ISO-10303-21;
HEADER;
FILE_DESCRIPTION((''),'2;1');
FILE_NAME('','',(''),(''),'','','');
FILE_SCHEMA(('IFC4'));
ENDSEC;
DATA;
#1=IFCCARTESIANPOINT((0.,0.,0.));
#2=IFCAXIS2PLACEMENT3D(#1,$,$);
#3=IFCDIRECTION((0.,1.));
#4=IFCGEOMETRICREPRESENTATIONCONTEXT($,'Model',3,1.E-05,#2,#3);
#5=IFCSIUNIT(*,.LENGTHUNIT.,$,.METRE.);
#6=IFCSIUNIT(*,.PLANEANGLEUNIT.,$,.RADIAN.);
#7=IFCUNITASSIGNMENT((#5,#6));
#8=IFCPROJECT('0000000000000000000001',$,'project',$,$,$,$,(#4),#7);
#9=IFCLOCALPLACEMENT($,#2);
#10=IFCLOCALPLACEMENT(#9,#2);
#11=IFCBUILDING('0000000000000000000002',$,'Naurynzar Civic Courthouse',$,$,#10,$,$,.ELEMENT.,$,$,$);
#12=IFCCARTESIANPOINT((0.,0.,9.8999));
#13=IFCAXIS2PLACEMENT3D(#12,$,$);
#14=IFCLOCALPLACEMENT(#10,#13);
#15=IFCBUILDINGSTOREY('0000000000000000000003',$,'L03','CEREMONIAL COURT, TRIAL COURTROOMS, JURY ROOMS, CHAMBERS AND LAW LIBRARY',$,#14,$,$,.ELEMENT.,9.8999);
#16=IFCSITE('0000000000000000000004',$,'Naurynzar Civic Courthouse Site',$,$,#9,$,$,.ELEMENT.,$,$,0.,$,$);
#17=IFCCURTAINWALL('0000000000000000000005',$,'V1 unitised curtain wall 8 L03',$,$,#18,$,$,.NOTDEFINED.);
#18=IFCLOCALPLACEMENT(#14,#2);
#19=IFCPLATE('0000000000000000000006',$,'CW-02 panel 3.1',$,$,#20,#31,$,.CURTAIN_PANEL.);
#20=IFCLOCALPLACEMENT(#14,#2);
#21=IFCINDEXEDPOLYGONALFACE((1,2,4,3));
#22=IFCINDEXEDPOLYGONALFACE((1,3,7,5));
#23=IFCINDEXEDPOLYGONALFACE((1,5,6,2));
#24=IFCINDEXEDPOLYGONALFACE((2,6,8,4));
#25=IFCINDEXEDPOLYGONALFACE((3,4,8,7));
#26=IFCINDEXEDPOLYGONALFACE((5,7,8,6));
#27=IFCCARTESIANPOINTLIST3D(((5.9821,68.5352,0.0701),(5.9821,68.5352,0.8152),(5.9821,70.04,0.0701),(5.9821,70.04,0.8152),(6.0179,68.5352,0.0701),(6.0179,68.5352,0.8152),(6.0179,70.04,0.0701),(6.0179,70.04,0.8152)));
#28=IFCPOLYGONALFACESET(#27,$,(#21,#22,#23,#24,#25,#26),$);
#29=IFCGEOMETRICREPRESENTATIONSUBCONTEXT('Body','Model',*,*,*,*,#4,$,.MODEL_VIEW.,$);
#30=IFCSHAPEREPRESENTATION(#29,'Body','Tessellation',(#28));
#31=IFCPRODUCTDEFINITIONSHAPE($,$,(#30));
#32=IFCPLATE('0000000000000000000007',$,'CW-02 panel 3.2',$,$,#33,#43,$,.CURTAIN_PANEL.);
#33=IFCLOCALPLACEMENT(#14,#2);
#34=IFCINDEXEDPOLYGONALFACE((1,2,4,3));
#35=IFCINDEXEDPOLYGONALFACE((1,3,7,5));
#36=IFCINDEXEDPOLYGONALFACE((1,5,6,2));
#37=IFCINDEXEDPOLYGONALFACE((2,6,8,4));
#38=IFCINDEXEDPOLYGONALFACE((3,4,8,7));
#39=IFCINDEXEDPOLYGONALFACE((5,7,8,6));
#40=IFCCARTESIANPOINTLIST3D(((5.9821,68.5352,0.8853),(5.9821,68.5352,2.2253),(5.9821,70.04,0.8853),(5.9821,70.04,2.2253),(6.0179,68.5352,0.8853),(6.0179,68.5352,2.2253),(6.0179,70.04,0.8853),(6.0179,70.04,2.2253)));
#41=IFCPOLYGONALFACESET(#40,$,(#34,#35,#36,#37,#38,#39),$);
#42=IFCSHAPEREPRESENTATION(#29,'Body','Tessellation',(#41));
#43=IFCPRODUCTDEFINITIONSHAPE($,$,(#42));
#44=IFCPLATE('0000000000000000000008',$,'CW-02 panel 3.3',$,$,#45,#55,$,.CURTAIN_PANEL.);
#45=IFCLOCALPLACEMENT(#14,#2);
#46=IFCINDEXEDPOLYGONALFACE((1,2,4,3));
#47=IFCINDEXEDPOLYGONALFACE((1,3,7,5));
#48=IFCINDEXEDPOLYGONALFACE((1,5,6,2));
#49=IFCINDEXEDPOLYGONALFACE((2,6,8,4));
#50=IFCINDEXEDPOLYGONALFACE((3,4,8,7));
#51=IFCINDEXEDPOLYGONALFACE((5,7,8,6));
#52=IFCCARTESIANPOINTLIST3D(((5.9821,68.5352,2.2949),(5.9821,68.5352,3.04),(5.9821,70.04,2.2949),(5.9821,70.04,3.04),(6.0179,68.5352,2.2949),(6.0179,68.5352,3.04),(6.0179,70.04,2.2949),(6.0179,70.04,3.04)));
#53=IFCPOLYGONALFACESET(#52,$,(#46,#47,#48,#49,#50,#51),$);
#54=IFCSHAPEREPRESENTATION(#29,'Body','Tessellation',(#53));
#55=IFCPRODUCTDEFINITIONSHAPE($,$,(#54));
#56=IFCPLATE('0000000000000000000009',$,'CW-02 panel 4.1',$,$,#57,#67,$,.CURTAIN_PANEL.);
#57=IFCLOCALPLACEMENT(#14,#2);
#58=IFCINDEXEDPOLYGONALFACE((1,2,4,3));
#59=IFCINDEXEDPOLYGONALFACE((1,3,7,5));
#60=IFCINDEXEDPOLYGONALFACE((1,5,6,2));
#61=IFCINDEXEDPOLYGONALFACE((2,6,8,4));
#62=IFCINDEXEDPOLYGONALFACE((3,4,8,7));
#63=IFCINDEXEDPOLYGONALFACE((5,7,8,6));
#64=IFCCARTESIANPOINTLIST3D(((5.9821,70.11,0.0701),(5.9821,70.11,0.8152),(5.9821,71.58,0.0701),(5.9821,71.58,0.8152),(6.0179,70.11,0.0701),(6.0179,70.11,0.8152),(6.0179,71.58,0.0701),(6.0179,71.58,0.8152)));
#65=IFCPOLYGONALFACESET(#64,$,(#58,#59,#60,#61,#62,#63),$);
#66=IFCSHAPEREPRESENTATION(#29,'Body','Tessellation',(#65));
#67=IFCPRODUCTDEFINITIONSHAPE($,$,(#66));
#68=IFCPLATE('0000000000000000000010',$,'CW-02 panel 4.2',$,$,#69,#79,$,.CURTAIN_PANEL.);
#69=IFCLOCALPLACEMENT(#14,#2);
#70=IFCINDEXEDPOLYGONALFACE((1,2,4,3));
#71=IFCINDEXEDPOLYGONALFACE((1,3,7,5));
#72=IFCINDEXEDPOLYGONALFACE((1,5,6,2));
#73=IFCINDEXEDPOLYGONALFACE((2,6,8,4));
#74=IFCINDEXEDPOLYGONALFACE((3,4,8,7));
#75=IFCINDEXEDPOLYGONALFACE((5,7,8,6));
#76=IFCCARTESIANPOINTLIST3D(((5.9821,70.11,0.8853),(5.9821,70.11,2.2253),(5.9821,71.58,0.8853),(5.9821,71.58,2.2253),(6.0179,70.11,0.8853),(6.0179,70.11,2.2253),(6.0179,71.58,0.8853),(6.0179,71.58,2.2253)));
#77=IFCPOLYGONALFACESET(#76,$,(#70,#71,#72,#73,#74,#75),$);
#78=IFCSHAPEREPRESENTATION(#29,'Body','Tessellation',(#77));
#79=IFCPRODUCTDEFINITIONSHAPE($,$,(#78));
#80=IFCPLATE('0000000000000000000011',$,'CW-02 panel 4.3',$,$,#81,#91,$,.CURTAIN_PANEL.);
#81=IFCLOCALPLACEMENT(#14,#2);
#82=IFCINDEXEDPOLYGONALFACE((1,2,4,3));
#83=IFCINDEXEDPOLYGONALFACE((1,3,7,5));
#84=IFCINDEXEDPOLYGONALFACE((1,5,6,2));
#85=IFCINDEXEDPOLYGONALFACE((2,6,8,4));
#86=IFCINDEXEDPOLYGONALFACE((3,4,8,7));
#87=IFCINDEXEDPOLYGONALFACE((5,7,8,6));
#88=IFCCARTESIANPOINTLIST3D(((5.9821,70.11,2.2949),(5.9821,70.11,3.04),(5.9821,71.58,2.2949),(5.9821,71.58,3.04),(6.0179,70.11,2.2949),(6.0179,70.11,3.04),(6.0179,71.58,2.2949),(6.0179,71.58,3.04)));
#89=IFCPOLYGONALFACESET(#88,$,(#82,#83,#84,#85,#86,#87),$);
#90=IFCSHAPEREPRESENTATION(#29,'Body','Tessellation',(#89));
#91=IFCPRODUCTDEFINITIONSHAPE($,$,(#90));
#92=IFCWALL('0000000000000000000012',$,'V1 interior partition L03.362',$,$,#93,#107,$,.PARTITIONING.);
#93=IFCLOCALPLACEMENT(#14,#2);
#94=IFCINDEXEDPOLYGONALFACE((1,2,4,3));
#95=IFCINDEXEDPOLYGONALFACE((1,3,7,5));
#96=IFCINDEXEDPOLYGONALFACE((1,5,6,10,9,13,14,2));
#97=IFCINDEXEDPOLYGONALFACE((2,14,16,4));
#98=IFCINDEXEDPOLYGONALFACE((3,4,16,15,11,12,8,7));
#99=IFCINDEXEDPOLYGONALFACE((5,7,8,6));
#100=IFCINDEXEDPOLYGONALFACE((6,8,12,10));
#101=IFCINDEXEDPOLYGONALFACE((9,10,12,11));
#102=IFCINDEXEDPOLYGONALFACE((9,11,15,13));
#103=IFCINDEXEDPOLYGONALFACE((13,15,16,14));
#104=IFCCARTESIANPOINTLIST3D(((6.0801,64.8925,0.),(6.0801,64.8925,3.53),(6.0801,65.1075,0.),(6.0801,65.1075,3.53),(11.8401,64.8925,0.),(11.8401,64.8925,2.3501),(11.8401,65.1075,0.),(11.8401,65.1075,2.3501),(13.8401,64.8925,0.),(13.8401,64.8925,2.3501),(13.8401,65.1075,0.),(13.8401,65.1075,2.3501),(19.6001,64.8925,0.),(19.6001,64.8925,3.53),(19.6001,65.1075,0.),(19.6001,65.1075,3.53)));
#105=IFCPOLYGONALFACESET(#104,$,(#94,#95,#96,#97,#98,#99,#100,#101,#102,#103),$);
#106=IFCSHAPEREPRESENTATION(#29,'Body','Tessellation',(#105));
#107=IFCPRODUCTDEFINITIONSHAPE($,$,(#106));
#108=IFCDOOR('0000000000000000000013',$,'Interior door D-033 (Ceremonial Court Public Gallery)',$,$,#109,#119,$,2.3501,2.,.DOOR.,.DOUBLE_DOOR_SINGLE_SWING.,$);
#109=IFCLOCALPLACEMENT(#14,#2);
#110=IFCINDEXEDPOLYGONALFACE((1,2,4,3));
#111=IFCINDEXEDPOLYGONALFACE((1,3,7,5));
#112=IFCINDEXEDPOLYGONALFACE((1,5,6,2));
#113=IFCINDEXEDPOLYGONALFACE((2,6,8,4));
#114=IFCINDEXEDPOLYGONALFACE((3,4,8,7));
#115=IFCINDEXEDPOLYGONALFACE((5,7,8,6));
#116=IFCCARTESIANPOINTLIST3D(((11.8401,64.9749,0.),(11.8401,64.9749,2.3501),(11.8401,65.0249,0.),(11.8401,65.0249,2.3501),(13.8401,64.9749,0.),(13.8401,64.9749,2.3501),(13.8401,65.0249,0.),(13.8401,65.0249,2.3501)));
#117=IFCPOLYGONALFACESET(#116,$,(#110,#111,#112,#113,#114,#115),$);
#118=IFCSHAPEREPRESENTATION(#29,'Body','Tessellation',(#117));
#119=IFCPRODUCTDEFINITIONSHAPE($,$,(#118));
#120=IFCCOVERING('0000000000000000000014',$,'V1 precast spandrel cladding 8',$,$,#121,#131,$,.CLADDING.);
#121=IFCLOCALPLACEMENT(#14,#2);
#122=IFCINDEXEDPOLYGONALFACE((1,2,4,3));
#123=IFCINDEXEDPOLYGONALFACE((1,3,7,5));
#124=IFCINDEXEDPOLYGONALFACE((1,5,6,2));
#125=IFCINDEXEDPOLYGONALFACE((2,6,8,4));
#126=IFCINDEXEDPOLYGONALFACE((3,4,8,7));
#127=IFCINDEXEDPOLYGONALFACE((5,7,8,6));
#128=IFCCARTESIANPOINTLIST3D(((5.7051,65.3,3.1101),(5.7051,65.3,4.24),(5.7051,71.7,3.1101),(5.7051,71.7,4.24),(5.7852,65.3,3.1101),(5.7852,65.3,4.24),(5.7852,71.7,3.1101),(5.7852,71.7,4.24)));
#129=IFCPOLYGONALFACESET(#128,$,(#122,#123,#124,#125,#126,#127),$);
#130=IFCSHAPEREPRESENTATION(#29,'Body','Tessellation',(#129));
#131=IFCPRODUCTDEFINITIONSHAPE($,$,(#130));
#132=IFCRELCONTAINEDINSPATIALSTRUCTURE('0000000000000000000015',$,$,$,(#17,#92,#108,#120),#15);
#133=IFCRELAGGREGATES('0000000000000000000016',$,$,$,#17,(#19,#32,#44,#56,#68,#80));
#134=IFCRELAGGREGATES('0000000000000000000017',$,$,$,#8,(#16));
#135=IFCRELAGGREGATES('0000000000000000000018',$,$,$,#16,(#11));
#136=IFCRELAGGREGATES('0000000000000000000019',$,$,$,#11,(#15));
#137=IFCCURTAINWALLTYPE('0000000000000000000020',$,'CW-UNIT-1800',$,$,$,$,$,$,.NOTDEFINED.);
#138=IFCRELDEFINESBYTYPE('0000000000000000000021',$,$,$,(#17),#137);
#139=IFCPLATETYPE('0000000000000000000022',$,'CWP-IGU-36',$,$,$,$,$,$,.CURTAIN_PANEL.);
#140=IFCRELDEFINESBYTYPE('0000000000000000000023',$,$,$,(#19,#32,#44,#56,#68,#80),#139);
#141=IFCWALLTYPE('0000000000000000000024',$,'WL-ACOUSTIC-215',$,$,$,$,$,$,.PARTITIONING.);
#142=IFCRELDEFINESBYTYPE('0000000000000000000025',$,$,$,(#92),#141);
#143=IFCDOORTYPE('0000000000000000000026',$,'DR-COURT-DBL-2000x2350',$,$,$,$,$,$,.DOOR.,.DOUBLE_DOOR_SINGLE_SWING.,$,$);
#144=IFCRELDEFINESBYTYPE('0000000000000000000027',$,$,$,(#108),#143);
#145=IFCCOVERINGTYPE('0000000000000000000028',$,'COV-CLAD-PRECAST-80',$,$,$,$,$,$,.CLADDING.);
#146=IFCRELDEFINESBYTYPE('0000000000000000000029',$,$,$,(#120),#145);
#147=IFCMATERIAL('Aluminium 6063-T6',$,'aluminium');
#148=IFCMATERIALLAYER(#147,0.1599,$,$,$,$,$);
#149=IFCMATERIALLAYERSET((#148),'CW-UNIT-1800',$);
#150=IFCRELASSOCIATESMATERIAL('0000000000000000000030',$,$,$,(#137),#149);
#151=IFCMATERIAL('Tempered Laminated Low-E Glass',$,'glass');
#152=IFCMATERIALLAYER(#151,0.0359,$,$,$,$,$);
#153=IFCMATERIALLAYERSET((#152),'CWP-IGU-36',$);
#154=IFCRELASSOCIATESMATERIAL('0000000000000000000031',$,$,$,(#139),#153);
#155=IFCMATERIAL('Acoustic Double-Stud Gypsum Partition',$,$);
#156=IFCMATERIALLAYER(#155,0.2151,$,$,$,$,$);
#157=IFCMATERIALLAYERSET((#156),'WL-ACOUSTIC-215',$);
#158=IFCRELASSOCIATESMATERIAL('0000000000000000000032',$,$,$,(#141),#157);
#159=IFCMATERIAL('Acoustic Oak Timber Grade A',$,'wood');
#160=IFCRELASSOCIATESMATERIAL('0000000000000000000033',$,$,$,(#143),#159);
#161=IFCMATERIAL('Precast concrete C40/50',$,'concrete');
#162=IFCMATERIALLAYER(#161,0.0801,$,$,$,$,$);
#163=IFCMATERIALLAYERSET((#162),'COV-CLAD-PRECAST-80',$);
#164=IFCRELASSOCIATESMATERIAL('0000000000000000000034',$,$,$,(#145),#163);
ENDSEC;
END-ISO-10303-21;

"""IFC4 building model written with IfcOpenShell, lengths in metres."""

from ifc_helpers import new_model, si_unit, direction, frame, frame_2d, origin, origin_2d, place, context, subcontext, project, spatial, rectangle, extrude, material, layer, layer_set, type_object, element, fill, aggregate, save


model = new_model("IFC4")

# Units and contexts
model_context = context("Model", 3, precision=1e-05, world=origin(), true_north=direction((0.0, 1.0)))
body_context = subcontext(model_context, "Body", "Model", "MODEL_VIEW")
ifc_project = project(units=[si_unit("LENGTHUNIT", "METRE"), si_unit("PLANEANGLEUNIT", "RADIAN")], contexts=[model_context])

# Site, building, storey
site_placement = place(None, origin())
site = spatial("IfcSite", under=ifc_project, at=site_placement, Name="Naurynzar Civic Courthouse Site", CompositionType="ELEMENT", RefElevation=0.0)
building_placement = place(site_placement, origin())
building = spatial("IfcBuilding", under=site, at=building_placement, Name="Naurynzar Civic Courthouse", CompositionType="ELEMENT")
storey_placement = place(building_placement, frame((0.0, 0.0, 9.8999)))
storey = spatial("IfcBuildingStorey", under=building, at=storey_placement, Name="L03", Description="CEREMONIAL COURT, TRIAL COURTROOMS, JURY ROOMS, CHAMBERS AND LAW LIBRARY", CompositionType="ELEMENT", Elevation=9.8999)

# Curtain wall, plates
ifc_material_1 = material(Name="Aluminium 6063-T6", Category="aluminium")
ifc_layer_1 = layer(ifc_material_1, 0.1599)
ifc_layer_set_1 = layer_set([ifc_layer_1], Name="CW-UNIT-1800")
curtain_wall_type = type_object("IfcCurtainWallType", Name="CW-UNIT-1800", PredefinedType="NOTDEFINED", material=ifc_layer_set_1)
curtain_wall_placement = place(storey_placement, origin())
curtain_wall = element("IfcCurtainWall", 1, at=curtain_wall_placement, inside=storey, type_object=curtain_wall_type, Name="V1 unitised curtain wall 8 L03", PredefinedType="NOTDEFINED")
ifc_material_2 = material(Name="Tempered Laminated Low-E Glass", Category="glass")
ifc_layer_2 = layer(ifc_material_2, 0.0359)
ifc_layer_set_2 = layer_set([ifc_layer_2], Name="CWP-IGU-36")
plate_type = type_object("IfcPlateType", Name="CWP-IGU-36", PredefinedType="CURTAIN_PANEL", material=ifc_layer_set_2)
plate_1_placement = place(storey_placement, frame((6.0, 69.2876, 0.0701), z_axis=(0.0, 0.0, 1.0), x_axis=(0.0, 1.0, 0.0)))
plate_1 = element("IfcPlate", 2, at=plate_1_placement, type_object=plate_type, Name="CW-02 panel 3.1", PredefinedType="CURTAIN_PANEL", context=body_context, shape_type="SweptSolid", body=[
    extrude(rectangle(XDim=1.5049, YDim=0.0359, at=origin_2d()), origin(), (0.0, 0.0, 1.0), 0.7451),
])
plate_2_placement = place(storey_placement, frame((6.0, 69.2876, 0.8853), z_axis=(0.0, 0.0, 1.0), x_axis=(0.0, 1.0, 0.0)))
plate_2 = element("IfcPlate", 3, at=plate_2_placement, type_object=plate_type, Name="CW-02 panel 3.2", PredefinedType="CURTAIN_PANEL", context=body_context, shape_type="SweptSolid", body=[
    extrude(rectangle(XDim=1.5049, YDim=0.0359, at=origin_2d()), origin(), (0.0, 0.0, 1.0), 1.3401),
])
plate_3_placement = place(storey_placement, frame((6.0, 69.2876, 2.2949), z_axis=(0.0, 0.0, 1.0), x_axis=(0.0, 1.0, 0.0)))
plate_3 = element("IfcPlate", 4, at=plate_3_placement, type_object=plate_type, Name="CW-02 panel 3.3", PredefinedType="CURTAIN_PANEL", context=body_context, shape_type="SweptSolid", body=[
    extrude(rectangle(XDim=1.5049, YDim=0.0359, at=origin_2d()), origin(), (0.0, 0.0, 1.0), 0.7451),
])
plate_4_placement = place(storey_placement, frame((6.0, 70.845, 0.0701), z_axis=(0.0, 0.0, 1.0), x_axis=(0.0, 1.0, 0.0)))
plate_4 = element("IfcPlate", 5, at=plate_4_placement, type_object=plate_type, Name="CW-02 panel 4.1", PredefinedType="CURTAIN_PANEL", context=body_context, shape_type="SweptSolid", body=[
    extrude(rectangle(XDim=1.47, YDim=0.0359, at=origin_2d()), origin(), (0.0, 0.0, 1.0), 0.7451),
])
plate_5_placement = place(storey_placement, frame((6.0, 70.845, 0.8853), z_axis=(0.0, 0.0, 1.0), x_axis=(0.0, 1.0, 0.0)))
plate_5 = element("IfcPlate", 6, at=plate_5_placement, type_object=plate_type, Name="CW-02 panel 4.2", PredefinedType="CURTAIN_PANEL", context=body_context, shape_type="SweptSolid", body=[
    extrude(rectangle(XDim=1.47, YDim=0.0359, at=origin_2d()), origin(), (0.0, 0.0, 1.0), 1.3401),
])
plate_6_placement = place(storey_placement, frame((6.0, 70.845, 2.2949), z_axis=(0.0, 0.0, 1.0), x_axis=(0.0, 1.0, 0.0)))
plate_6 = element("IfcPlate", 7, at=plate_6_placement, type_object=plate_type, Name="CW-02 panel 4.3", PredefinedType="CURTAIN_PANEL", context=body_context, shape_type="SweptSolid", body=[
    extrude(rectangle(XDim=1.47, YDim=0.0359, at=origin_2d()), origin(), (0.0, 0.0, 1.0), 0.7451),
])
aggregate(curtain_wall, [plate_1, plate_2, plate_3, plate_4, plate_5, plate_6])

# Wall, opening, door
ifc_material_3 = material(Name="Acoustic Double-Stud Gypsum Partition")
ifc_layer_3 = layer(ifc_material_3, 0.2151)
ifc_layer_set_3 = layer_set([ifc_layer_3], Name="WL-ACOUSTIC-215")
wall_type = type_object("IfcWallType", Name="WL-ACOUSTIC-215", PredefinedType="PARTITIONING", material=ifc_layer_set_3)
wall_placement = place(storey_placement, frame((6.0801, 65.0, 0.0), z_axis=(0.0, 0.0, 1.0), x_axis=(1.0, 0.0, 0.0)))
wall = element("IfcWall", 8, at=wall_placement, inside=storey, type_object=wall_type, Name="V1 interior partition L03.362", PredefinedType="PARTITIONING", context=body_context, shape_type="SweptSolid", body=[
    extrude(rectangle(XDim=13.52, YDim=0.2151, at=frame_2d((6.76, 0.0))), origin(), (0.0, 0.0, 1.0), 3.53),
])
opening_placement = place(wall_placement, frame((5.76, 0.0, 0.0)))
opening = element("IfcOpeningElement", 9, at=opening_placement, cuts=wall, PredefinedType="OPENING", context=body_context, shape_type="SweptSolid", body=[
    extrude(rectangle(XDim=2.0, YDim=2.3501, at=frame_2d((1.0, 1.175))), frame((0.0, 0.1174, 0.0), z_axis=(0.0, -1.0, 0.0), x_axis=(1.0, 0.0, 0.0)), (0.0, 0.0, 1.0), 0.2351),
])
ifc_material_4 = material(Name="Acoustic Oak Timber Grade A", Category="wood")
door_type = type_object("IfcDoorType", Name="DR-COURT-DBL-2000x2350", OperationType="DOUBLE_DOOR_SINGLE_SWING", PredefinedType="DOOR", material=ifc_material_4)
door_placement = place(opening_placement, origin())
door = element("IfcDoor", 10, at=door_placement, inside=storey, type_object=door_type, Name="Interior door D-033 (Ceremonial Court Public Gallery)", OperationType="DOUBLE_DOOR_SINGLE_SWING", OverallHeight=2.3501, OverallWidth=2.0, PredefinedType="DOOR", context=body_context, shape_type="SweptSolid", body=[
    extrude(rectangle(XDim=2.0, YDim=2.3501, at=frame_2d((1.0, 1.175))), frame((0.0, 0.0249, 0.0), z_axis=(0.0, -1.0, 0.0), x_axis=(1.0, 0.0, 0.0)), (0.0, 0.0, 1.0), 0.05),
])
fill(opening, door)

# Covering
ifc_material_5 = material(Name="Precast concrete C40/50", Category="concrete")
ifc_layer_4 = layer(ifc_material_5, 0.0801)
ifc_layer_set_4 = layer_set([ifc_layer_4], Name="COV-CLAD-PRECAST-80")
covering_type = type_object("IfcCoveringType", Name="COV-CLAD-PRECAST-80", PredefinedType="CLADDING", material=ifc_layer_set_4)
covering_placement = place(storey_placement, frame((5.7451, 68.5, 3.1101), z_axis=(0.0, 0.0, 1.0), x_axis=(0.0, 1.0, 0.0)))
element("IfcCovering", 11, at=covering_placement, inside=storey, type_object=covering_type, Name="V1 precast spandrel cladding 8", PredefinedType="CLADDING", context=body_context, shape_type="SweptSolid", body=[
    extrude(rectangle(XDim=6.3999, YDim=0.0801, at=origin_2d()), origin(), (0.0, 0.0, 1.0), 1.1299),
])

save(model, "model.ifc")
